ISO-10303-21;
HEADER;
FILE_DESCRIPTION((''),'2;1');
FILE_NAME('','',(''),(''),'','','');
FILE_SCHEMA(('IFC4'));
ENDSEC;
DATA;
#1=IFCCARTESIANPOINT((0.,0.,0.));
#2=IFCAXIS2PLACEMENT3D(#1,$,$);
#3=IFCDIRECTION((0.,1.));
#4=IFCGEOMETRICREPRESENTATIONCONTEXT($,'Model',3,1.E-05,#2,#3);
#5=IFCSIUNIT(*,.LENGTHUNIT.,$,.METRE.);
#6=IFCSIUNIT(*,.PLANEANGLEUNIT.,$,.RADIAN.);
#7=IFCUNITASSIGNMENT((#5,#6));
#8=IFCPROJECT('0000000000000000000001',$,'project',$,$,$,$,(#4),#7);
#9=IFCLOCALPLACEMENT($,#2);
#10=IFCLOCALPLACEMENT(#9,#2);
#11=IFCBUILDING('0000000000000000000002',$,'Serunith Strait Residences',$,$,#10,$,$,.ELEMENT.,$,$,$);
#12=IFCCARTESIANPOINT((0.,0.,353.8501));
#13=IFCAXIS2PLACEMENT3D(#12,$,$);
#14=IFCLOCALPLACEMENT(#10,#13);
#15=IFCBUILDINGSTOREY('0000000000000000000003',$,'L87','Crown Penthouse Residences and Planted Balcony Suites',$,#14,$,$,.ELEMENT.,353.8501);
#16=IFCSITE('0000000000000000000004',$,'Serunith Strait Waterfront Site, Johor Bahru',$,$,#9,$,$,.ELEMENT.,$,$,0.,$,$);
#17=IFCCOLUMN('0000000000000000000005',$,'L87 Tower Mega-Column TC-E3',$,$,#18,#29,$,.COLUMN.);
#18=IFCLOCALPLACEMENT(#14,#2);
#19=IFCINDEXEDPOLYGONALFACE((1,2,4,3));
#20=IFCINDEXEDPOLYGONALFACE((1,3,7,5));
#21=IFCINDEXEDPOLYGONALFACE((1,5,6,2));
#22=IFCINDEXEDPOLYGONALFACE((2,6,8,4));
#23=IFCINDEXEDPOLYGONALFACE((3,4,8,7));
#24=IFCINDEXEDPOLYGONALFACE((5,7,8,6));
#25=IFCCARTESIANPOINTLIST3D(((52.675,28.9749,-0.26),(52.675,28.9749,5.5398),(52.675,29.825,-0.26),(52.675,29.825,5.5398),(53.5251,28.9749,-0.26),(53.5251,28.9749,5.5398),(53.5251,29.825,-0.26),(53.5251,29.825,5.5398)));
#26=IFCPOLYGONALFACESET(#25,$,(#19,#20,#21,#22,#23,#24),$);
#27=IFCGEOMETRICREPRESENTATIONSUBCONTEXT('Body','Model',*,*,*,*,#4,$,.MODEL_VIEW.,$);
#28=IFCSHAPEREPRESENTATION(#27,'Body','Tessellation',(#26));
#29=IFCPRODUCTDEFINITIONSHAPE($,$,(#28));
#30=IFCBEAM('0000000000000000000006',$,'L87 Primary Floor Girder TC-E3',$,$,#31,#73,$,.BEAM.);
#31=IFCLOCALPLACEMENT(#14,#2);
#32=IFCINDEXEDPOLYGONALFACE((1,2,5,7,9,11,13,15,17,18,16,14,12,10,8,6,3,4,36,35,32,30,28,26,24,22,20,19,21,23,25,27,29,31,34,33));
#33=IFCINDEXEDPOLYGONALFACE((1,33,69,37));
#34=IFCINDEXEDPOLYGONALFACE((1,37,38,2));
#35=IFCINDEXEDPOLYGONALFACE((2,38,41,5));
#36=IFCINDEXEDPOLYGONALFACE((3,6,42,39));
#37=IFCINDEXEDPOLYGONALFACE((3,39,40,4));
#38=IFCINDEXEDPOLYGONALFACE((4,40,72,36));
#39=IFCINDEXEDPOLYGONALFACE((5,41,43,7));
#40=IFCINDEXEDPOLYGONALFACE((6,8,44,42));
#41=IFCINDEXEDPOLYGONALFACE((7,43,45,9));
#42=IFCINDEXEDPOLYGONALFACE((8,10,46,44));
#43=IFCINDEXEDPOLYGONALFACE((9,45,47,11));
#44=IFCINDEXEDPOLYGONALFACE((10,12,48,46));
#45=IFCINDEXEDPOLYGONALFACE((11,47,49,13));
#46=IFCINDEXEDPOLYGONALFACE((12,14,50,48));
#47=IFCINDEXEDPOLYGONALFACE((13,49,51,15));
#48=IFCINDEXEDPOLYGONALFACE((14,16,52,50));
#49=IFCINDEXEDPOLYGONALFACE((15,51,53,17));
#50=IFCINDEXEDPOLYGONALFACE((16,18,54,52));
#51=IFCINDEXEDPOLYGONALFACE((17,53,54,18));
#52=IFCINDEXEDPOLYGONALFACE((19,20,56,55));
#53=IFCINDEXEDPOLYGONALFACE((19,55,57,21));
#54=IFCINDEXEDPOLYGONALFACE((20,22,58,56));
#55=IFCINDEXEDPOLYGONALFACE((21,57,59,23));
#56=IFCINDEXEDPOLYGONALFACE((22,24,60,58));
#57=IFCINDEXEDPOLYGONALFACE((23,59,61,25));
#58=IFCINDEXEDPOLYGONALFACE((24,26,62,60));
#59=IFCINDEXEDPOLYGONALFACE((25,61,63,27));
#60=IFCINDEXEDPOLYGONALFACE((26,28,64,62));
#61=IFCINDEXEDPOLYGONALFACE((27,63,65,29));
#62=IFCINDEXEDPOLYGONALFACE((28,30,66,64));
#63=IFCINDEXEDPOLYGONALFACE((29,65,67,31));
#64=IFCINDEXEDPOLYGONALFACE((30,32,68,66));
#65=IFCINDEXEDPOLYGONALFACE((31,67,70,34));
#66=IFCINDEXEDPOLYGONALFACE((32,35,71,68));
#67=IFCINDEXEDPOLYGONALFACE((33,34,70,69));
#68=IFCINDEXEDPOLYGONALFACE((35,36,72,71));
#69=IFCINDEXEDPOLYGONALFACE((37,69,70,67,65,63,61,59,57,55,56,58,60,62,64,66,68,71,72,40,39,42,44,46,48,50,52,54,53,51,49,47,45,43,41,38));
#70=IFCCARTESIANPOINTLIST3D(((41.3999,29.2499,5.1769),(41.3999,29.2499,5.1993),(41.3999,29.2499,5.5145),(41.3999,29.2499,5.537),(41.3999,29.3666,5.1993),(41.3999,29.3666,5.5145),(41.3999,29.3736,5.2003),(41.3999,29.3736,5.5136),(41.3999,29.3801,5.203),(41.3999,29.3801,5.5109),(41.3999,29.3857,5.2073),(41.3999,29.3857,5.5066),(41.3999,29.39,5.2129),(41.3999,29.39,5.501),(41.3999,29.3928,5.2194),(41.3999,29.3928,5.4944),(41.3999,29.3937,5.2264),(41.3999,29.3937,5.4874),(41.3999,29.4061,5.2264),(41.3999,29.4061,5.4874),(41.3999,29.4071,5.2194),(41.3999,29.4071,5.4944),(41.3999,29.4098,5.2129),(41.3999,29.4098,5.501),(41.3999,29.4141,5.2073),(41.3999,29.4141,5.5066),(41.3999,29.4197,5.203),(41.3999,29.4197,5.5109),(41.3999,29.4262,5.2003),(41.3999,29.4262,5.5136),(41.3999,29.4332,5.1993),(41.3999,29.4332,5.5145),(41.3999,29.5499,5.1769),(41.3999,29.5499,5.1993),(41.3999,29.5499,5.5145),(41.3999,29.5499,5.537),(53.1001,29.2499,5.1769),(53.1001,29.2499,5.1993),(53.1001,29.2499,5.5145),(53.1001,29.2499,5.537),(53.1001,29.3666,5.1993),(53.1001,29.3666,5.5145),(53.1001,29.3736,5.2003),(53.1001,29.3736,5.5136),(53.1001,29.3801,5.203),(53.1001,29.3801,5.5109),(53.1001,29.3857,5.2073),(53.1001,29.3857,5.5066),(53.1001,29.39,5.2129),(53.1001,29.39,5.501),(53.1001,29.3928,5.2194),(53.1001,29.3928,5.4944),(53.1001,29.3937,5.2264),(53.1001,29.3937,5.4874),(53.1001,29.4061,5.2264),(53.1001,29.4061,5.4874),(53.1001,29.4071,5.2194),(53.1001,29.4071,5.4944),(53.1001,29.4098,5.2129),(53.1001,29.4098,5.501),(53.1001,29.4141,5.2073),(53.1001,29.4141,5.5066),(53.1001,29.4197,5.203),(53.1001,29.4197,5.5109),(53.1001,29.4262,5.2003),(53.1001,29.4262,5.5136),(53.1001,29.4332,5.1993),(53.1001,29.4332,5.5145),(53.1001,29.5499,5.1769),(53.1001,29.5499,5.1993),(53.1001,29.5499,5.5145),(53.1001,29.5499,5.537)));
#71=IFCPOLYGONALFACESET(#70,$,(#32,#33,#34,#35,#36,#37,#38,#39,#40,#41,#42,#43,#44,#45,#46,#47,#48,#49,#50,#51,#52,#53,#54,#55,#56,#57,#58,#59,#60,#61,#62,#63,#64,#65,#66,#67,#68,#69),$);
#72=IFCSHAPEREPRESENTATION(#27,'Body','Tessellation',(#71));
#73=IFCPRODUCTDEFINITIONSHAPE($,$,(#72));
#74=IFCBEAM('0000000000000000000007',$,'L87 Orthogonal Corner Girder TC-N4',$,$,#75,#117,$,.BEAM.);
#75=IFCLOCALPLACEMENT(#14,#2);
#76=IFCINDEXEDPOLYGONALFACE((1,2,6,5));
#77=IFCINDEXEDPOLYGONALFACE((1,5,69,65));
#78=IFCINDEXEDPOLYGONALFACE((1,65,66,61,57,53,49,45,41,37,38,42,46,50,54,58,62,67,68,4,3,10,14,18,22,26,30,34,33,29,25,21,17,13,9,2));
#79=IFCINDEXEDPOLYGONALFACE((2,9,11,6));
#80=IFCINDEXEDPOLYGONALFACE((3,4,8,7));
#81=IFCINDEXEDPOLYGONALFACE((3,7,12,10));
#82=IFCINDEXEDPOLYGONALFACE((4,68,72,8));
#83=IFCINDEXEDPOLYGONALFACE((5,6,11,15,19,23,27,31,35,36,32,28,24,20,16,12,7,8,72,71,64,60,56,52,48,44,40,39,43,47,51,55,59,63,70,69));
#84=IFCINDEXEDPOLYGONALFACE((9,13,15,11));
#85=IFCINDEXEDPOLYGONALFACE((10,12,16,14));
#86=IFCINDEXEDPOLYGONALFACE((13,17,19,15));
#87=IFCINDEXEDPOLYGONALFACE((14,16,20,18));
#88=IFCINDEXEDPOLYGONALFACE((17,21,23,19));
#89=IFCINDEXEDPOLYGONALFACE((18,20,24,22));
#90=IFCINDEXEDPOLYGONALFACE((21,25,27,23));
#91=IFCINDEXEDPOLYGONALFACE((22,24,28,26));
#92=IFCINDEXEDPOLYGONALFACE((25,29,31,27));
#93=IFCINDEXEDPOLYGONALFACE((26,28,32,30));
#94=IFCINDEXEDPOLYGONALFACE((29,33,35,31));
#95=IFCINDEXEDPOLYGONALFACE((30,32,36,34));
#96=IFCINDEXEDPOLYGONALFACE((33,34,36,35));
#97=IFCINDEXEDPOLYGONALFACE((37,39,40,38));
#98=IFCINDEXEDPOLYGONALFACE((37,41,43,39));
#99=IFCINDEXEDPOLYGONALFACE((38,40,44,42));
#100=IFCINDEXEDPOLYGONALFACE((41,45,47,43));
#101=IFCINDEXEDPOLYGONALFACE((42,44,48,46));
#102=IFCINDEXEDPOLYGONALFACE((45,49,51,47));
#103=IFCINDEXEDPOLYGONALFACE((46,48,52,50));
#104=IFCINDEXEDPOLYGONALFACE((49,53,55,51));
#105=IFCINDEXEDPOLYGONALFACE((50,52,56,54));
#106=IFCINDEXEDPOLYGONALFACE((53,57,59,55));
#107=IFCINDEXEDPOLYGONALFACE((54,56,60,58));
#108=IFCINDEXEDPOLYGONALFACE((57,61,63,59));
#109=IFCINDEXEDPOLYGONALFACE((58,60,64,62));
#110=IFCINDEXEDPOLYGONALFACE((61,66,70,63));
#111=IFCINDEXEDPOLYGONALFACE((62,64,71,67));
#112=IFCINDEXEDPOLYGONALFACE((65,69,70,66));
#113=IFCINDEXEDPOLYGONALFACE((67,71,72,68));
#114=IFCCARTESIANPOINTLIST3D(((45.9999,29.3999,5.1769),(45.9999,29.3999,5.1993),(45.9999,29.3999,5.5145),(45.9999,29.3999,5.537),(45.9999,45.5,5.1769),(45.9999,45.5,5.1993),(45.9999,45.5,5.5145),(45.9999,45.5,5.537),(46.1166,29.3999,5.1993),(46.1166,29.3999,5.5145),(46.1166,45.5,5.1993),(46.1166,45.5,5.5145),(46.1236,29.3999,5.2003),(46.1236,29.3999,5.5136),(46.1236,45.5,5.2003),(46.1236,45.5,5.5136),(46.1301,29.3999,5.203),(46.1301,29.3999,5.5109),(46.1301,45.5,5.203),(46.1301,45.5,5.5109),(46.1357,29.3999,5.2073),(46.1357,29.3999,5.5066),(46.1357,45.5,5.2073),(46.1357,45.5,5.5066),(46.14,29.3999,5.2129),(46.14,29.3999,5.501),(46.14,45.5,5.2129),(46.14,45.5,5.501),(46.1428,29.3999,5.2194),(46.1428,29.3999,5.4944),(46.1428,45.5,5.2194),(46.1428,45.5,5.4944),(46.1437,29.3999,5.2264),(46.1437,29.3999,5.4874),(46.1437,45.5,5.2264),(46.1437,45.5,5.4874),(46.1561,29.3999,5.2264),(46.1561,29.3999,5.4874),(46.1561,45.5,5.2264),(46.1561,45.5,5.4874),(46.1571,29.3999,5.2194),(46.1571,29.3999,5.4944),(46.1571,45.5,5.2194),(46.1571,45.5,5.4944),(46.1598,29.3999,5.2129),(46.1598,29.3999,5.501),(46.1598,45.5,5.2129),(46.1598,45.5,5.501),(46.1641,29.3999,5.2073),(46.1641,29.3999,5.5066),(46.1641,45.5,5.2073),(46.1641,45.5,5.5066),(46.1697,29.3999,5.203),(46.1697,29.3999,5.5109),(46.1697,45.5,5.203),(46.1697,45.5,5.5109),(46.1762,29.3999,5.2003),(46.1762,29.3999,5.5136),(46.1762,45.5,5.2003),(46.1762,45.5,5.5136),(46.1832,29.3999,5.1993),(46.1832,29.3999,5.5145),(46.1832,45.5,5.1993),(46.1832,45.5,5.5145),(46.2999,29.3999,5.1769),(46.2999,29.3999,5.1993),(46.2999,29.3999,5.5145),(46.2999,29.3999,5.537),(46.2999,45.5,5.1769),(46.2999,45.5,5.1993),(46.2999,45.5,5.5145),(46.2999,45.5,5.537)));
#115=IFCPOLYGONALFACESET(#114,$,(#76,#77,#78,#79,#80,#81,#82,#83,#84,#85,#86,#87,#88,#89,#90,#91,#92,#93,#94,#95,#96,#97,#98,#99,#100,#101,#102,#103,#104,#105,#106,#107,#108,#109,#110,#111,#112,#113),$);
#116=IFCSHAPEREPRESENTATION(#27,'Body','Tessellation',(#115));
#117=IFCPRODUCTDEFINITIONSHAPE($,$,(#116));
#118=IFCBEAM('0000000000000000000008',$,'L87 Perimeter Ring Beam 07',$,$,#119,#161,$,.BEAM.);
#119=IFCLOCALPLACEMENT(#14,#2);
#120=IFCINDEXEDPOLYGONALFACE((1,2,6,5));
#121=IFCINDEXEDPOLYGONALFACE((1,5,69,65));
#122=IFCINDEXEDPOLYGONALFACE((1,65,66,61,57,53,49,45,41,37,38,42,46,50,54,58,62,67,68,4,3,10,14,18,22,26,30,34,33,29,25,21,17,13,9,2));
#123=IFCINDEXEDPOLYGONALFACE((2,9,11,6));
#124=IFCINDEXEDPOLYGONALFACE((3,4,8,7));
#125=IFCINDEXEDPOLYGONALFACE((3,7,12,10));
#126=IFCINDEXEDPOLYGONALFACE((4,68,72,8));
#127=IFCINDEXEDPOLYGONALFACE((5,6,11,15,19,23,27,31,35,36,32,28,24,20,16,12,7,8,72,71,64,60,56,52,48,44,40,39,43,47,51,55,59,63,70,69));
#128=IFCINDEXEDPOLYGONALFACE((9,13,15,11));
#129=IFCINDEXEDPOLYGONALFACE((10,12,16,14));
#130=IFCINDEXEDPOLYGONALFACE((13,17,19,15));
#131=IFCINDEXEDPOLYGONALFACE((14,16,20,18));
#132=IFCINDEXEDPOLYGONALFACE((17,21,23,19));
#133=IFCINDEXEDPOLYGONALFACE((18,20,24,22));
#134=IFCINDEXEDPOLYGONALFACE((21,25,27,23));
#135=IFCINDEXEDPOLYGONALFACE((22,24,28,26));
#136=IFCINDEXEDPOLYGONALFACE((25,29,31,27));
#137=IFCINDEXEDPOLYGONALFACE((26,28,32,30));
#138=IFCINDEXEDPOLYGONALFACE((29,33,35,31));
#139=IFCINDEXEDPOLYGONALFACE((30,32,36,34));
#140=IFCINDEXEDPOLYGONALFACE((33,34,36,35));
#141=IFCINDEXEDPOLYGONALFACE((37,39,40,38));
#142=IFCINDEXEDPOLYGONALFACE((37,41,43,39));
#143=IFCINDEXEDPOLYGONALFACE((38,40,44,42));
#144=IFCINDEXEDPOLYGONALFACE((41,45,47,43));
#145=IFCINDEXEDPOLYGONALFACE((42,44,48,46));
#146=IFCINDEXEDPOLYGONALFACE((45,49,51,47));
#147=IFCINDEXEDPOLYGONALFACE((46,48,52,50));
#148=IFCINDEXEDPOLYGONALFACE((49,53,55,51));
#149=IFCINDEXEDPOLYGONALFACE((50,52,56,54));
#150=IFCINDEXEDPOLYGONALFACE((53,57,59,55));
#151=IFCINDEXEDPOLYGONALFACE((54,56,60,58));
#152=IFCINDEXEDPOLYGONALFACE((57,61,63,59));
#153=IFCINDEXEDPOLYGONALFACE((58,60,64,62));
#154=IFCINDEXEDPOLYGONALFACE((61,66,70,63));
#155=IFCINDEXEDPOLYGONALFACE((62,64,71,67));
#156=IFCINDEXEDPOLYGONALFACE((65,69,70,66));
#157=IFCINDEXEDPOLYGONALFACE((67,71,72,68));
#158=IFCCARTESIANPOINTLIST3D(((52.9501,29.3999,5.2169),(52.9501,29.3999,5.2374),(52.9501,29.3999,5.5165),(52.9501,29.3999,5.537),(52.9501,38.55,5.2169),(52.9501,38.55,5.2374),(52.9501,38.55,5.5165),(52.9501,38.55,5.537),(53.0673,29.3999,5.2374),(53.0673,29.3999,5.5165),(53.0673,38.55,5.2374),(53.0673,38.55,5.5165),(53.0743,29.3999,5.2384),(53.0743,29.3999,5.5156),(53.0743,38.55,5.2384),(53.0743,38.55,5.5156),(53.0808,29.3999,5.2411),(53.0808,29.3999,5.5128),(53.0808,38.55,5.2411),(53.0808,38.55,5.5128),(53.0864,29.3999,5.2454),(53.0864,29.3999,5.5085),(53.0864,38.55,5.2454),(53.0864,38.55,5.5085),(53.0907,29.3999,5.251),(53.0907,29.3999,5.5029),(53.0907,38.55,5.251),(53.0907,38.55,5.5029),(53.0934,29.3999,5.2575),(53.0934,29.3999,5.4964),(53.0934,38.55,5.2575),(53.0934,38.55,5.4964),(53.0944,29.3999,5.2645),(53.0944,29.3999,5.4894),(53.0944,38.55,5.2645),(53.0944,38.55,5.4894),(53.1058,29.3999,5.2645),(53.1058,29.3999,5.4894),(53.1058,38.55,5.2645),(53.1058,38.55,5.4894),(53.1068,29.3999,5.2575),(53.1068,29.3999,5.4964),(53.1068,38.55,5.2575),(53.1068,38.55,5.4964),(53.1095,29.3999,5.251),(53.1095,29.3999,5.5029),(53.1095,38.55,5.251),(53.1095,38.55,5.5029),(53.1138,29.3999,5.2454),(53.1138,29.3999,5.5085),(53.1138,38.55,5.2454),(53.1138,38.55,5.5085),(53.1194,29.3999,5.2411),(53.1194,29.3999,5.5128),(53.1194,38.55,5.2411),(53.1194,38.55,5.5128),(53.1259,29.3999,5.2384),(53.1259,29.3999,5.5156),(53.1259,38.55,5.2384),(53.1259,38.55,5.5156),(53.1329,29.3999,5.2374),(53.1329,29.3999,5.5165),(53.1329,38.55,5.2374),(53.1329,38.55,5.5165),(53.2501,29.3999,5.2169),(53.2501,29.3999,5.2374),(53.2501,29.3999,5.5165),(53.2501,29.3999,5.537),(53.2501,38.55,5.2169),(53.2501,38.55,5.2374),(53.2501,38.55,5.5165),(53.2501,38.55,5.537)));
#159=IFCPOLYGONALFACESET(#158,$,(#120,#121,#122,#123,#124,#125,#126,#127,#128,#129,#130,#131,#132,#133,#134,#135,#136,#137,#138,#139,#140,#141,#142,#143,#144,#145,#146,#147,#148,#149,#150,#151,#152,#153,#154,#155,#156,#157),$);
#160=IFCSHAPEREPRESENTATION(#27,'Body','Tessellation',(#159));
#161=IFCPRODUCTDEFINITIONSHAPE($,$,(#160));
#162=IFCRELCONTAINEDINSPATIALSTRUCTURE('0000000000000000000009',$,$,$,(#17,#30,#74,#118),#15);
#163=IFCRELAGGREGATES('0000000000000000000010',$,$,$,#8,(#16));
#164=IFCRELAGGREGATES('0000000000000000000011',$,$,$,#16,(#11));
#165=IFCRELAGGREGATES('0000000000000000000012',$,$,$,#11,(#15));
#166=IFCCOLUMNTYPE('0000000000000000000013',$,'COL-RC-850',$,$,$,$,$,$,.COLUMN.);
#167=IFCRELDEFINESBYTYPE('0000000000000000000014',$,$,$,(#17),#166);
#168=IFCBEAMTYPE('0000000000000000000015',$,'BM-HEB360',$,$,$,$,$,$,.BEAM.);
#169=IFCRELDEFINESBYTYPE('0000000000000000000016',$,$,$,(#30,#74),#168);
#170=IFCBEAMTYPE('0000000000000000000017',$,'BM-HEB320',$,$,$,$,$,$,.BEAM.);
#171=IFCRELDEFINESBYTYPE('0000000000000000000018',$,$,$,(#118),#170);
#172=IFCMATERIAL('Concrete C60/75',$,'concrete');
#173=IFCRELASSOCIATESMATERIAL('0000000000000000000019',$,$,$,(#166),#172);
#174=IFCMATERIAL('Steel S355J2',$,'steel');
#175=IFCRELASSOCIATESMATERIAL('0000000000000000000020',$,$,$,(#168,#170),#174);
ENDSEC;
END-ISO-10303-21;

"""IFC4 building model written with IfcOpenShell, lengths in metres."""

from ifc_helpers import new_model, si_unit, direction, frame, origin, origin_2d, place, context, subcontext, project, spatial, rectangle, i_section, extrude, source, transform, mapped, material, material_profile, profile_set, type_object, element, save


model = new_model("IFC4")

# Units and contexts
model_context = context("Model", 3, precision=1e-05, world=origin(), true_north=direction((0.0, 1.0)))
body_context = subcontext(model_context, "Body", "Model", "MODEL_VIEW")
ifc_project = project(units=[si_unit("LENGTHUNIT", "METRE"), si_unit("PLANEANGLEUNIT", "RADIAN")], contexts=[model_context])

# Site, building, storey
site_placement = place(None, origin())
site = spatial("IfcSite", under=ifc_project, at=site_placement, Name="Serunith Strait Waterfront Site, Johor Bahru", CompositionType="ELEMENT", RefElevation=0.0)
building_placement = place(site_placement, origin())
building = spatial("IfcBuilding", under=site, at=building_placement, Name="Serunith Strait Residences", CompositionType="ELEMENT")
storey_placement = place(building_placement, frame((0.0, 0.0, 353.8501)))
storey = spatial("IfcBuildingStorey", under=building, at=storey_placement, Name="L87", Description="Crown Penthouse Residences and Planted Balcony Suites", CompositionType="ELEMENT", Elevation=353.8501)

# Column
ifc_material_1 = material(Name="Concrete C60/75", Category="concrete")
ifc_material_profile_1 = material_profile(ifc_material_1, rectangle(XDim=0.8501, YDim=0.8501, at=origin_2d()), Name="RC 850x850")
ifc_profile_set_1 = profile_set([ifc_material_profile_1], Name="Concrete C60/75")
column_type = type_object("IfcColumnType", Name="COL-RC-850", PredefinedType="COLUMN", material=ifc_profile_set_1)
shared_shape_1 = source(origin(), body_context, "Body", "SweptSolid", [
    extrude(rectangle(XDim=0.8501, YDim=0.8501, at=origin_2d()), origin(), (0.0, 0.0, 1.0), 5.7998),
])
column_placement = place(storey_placement, frame((53.1001, 29.3999, -0.26), z_axis=(0.0, 0.0, 1.0), x_axis=(1.0, 0.0, 0.0)))
element("IfcColumn", 1, at=column_placement, inside=storey, type_object=column_type, Name="L87 Tower Mega-Column TC-E3", PredefinedType="COLUMN", context=body_context, shape_type="MappedRepresentation", body=[
    mapped(shared_shape_1, transform((0.0, 0.0, 0.0), scale=1.0)),
])

# Beams
ifc_material_2 = material(Name="Steel S355J2", Category="steel")
ifc_material_profile_2 = material_profile(ifc_material_2, i_section(OverallWidth=0.3, OverallDepth=0.3601, WebThickness=0.0125, FlangeThickness=0.0225, FilletRadius=0.0271, at=origin_2d()), Name="HEB 360")
ifc_profile_set_2 = profile_set([ifc_material_profile_2], Name="Steel S355J2")
beam_type_1 = type_object("IfcBeamType", Name="BM-HEB360", PredefinedType="BEAM", material=ifc_profile_set_2)
shared_shape_2 = source(origin(), body_context, "Body", "SweptSolid", [
    extrude(i_section(OverallWidth=0.3, OverallDepth=0.3601, WebThickness=0.0125, FlangeThickness=0.0225, FilletRadius=0.0271, at=origin_2d()), origin(), (0.0, 0.0, 1.0), 11.7002),
])
beam_1_placement = place(storey_placement, frame((41.3999, 29.3999, 5.3569), z_axis=(1.0, 0.0, 0.0), x_axis=(0.0, 1.0, 0.0)))
element("IfcBeam", 2, at=beam_1_placement, inside=storey, type_object=beam_type_1, Name="L87 Primary Floor Girder TC-E3", PredefinedType="BEAM", context=body_context, shape_type="MappedRepresentation", body=[
    mapped(shared_shape_2, transform((0.0, 0.0, 0.0), scale=1.0)),
])
shared_shape_3 = source(origin(), body_context, "Body", "SweptSolid", [
    extrude(i_section(OverallWidth=0.3, OverallDepth=0.3601, WebThickness=0.0125, FlangeThickness=0.0225, FilletRadius=0.0271, at=origin_2d()), origin(), (0.0, 0.0, 1.0), 16.1001),
])
beam_2_placement = place(storey_placement, frame((46.1499, 29.3999, 5.3569), z_axis=(0.0, 1.0, 0.0), x_axis=(-1.0, 0.0, 0.0)))
element("IfcBeam", 3, at=beam_2_placement, inside=storey, type_object=beam_type_1, Name="L87 Orthogonal Corner Girder TC-N4", PredefinedType="BEAM", context=body_context, shape_type="MappedRepresentation", body=[
    mapped(shared_shape_3, transform((0.0, 0.0, 0.0), scale=1.0)),
])
ifc_material_profile_3 = material_profile(ifc_material_2, i_section(OverallWidth=0.3, OverallDepth=0.3201, WebThickness=0.0115, FlangeThickness=0.0205, FilletRadius=0.0271, at=origin_2d()), Name="HEB 320")
ifc_profile_set_3 = profile_set([ifc_material_profile_3], Name="Steel S355J2")
beam_type_2 = type_object("IfcBeamType", Name="BM-HEB320", PredefinedType="BEAM", material=ifc_profile_set_3)
shared_shape_4 = source(origin(), body_context, "Body", "SweptSolid", [
    extrude(i_section(OverallWidth=0.3, OverallDepth=0.3201, WebThickness=0.0115, FlangeThickness=0.0205, FilletRadius=0.0271, at=origin_2d()), origin(), (0.0, 0.0, 1.0), 9.1501),
])
beam_3_placement = place(storey_placement, frame((53.1001, 29.3999, 5.377), z_axis=(0.0, 1.0, 0.0), x_axis=(-1.0, 0.0, 0.0)))
element("IfcBeam", 4, at=beam_3_placement, inside=storey, type_object=beam_type_2, Name="L87 Perimeter Ring Beam 07", PredefinedType="BEAM", context=body_context, shape_type="MappedRepresentation", body=[
    mapped(shared_shape_4, transform((0.0, 0.0, 0.0), scale=1.0)),
])

save(model, "model.ifc")
